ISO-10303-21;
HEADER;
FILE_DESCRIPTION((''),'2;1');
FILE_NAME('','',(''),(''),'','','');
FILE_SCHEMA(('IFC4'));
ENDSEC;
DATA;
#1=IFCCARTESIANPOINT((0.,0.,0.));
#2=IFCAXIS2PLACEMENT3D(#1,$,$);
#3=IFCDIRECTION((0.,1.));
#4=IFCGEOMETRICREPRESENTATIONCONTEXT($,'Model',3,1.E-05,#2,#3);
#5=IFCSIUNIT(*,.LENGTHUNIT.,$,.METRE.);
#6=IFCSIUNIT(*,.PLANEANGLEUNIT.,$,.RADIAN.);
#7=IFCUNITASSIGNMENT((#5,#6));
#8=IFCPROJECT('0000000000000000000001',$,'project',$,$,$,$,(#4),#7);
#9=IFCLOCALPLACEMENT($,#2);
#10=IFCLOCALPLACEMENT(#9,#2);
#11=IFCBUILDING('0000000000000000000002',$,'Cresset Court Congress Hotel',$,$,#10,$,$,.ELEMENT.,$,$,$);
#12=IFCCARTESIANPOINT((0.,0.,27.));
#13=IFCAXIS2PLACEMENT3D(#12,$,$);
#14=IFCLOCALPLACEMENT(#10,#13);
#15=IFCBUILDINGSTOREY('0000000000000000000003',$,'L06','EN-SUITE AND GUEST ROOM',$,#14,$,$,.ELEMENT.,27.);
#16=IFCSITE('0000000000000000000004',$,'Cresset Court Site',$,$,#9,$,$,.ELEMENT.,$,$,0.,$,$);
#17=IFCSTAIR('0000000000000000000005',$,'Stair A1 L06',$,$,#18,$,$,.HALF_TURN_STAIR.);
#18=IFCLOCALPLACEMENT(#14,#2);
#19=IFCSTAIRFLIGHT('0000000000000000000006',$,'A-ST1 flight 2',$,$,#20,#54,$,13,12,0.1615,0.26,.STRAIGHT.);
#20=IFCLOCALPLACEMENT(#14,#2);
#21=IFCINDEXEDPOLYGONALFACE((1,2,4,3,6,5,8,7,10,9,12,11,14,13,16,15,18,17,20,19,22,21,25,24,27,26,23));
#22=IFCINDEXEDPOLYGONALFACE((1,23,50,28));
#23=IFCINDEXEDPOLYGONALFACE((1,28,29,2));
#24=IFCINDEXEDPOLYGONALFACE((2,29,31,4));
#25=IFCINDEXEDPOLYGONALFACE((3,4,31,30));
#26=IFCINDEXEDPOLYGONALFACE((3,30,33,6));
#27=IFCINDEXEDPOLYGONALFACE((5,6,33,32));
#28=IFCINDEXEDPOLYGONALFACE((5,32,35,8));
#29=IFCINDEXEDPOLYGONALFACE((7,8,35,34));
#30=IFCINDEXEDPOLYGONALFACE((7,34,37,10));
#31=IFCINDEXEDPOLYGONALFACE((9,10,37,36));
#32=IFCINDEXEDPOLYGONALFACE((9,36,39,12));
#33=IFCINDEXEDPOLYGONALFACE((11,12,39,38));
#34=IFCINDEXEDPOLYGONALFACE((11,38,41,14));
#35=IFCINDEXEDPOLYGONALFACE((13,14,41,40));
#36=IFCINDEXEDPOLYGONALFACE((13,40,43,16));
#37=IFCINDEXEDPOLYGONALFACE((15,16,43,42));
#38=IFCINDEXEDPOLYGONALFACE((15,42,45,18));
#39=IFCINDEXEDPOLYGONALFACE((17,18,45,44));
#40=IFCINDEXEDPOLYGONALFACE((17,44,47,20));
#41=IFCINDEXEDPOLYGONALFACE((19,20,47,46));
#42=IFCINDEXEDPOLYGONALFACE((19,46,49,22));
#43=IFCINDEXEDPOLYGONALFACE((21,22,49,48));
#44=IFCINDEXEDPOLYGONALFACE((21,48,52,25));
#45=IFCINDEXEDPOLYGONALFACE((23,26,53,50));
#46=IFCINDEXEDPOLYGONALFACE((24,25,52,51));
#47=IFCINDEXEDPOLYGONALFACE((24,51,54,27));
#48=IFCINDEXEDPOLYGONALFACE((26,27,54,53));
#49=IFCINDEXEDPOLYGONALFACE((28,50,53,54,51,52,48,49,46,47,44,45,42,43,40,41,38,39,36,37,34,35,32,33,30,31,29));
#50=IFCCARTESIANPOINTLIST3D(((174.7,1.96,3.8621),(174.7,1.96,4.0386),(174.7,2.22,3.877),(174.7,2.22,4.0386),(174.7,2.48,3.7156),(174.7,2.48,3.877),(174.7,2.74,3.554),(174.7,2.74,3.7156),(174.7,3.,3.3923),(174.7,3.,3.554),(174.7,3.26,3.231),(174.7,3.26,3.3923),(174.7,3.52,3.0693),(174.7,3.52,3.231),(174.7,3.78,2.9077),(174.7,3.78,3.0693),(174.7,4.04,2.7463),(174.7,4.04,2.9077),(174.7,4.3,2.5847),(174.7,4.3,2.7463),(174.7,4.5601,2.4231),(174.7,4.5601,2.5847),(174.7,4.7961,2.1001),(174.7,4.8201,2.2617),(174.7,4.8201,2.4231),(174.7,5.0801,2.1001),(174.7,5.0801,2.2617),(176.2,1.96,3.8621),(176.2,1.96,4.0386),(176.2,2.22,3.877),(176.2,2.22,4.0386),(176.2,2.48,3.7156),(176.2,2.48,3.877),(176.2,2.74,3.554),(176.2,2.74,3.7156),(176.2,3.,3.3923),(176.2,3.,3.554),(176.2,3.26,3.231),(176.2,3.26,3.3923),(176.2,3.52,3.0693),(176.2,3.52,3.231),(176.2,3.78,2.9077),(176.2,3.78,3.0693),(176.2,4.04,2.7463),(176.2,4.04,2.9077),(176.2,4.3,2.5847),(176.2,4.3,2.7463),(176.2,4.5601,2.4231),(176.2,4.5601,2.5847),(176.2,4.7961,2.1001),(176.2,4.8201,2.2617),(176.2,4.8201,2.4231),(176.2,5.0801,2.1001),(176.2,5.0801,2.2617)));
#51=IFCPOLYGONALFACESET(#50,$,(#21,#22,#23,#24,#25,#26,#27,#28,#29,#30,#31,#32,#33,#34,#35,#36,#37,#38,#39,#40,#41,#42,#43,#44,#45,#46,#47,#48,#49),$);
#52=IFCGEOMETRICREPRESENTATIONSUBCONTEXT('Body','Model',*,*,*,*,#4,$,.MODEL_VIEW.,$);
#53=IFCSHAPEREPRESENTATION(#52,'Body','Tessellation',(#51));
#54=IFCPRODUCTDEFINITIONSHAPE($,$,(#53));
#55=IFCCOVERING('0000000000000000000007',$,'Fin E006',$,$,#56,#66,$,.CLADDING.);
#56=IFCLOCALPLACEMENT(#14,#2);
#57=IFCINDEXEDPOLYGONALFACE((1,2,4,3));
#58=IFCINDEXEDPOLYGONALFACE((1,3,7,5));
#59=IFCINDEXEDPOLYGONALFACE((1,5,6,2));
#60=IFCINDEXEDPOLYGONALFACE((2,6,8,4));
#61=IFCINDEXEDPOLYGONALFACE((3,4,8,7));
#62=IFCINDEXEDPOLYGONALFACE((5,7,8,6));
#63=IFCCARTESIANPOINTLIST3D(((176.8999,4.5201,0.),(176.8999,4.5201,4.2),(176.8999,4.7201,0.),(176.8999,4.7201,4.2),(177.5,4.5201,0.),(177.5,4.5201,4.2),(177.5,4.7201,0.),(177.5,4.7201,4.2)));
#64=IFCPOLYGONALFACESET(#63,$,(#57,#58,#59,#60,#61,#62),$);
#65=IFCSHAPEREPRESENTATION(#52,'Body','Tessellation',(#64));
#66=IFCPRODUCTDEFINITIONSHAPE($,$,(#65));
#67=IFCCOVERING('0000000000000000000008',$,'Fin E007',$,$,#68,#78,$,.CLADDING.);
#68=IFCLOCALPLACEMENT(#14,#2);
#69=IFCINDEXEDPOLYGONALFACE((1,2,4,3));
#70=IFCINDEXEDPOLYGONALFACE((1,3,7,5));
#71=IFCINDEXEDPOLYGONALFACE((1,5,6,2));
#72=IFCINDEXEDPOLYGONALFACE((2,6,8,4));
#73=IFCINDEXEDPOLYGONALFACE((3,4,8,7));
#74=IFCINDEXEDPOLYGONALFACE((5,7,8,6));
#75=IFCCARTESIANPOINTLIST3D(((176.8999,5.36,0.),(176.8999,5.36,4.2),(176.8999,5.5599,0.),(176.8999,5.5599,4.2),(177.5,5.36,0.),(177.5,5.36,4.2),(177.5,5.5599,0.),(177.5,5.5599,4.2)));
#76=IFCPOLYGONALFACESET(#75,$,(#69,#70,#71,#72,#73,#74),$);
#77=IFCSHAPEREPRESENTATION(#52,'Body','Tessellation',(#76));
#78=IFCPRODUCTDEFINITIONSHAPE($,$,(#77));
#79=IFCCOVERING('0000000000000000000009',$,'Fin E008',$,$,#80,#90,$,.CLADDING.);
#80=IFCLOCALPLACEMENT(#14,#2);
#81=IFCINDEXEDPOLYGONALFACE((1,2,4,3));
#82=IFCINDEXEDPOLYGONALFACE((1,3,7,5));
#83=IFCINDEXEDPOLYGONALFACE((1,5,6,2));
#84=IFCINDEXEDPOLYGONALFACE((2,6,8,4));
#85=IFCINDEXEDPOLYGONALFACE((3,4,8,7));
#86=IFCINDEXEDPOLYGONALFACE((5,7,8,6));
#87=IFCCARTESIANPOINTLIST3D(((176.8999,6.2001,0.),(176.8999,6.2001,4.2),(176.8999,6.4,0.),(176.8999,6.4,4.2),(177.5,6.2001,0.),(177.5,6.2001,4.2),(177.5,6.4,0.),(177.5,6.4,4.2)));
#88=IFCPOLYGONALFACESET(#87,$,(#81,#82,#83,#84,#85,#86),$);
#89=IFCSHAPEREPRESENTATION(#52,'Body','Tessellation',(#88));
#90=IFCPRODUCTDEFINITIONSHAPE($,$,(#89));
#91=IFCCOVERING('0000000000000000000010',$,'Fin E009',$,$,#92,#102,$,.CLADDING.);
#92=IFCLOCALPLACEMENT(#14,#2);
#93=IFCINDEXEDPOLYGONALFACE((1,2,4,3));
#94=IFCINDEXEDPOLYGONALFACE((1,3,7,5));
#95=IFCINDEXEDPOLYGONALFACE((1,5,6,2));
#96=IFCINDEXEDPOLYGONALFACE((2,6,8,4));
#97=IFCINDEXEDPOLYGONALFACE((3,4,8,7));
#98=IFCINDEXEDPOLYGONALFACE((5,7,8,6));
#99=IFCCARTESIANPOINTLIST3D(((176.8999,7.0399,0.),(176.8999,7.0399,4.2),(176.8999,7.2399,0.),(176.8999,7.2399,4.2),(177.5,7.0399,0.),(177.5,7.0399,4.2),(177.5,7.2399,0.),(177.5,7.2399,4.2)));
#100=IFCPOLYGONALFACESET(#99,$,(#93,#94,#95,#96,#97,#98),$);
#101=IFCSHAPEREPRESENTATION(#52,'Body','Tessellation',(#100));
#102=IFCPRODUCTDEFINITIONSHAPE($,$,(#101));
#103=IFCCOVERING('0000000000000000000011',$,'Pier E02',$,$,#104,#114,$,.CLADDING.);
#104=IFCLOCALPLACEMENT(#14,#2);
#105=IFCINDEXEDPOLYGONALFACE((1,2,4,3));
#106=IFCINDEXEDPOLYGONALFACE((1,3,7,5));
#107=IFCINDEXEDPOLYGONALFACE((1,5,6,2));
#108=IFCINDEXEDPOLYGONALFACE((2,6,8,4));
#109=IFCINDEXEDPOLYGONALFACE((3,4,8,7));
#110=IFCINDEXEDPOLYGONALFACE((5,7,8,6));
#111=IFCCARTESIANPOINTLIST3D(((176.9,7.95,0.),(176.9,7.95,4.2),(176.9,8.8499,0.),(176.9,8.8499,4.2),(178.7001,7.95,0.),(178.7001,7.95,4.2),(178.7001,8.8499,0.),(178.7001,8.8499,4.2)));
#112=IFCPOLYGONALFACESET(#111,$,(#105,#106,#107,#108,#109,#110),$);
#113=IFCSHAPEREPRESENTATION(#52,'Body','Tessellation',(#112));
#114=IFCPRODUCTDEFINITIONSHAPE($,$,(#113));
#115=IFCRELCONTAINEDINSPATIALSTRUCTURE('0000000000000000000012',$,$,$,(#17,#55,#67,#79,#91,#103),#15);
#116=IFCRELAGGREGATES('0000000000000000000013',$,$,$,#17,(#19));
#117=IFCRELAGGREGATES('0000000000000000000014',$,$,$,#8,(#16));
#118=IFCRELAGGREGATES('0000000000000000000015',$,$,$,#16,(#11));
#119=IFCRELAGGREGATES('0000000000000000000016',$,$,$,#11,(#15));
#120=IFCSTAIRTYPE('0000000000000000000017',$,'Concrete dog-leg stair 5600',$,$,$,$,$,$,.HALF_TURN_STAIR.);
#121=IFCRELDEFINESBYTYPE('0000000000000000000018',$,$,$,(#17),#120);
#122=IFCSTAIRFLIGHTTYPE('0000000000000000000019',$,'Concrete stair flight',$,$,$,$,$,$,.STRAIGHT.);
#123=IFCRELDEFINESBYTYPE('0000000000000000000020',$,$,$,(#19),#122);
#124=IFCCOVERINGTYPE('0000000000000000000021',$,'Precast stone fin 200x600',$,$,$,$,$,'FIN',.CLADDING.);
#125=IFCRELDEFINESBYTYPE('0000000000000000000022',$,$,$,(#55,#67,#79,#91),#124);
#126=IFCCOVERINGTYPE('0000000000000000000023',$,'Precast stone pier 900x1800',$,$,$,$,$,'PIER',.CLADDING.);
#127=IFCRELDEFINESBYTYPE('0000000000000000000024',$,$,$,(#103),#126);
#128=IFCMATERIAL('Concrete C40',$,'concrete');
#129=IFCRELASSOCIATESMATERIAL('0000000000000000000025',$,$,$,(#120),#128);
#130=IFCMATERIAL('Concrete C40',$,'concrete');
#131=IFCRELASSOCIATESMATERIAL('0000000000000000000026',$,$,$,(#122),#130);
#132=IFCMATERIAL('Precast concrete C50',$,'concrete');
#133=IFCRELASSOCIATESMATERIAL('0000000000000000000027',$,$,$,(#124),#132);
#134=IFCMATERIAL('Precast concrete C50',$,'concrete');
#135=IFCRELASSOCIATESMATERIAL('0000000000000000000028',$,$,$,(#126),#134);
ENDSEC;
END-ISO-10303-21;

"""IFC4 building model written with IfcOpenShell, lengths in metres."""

from ifc_helpers import new_model, si_unit, direction, frame, origin, origin_2d, place, context, subcontext, project, spatial, polyline, rectangle, outline, extrude, material, type_object, element, aggregate, save


model = new_model("IFC4")

# Units and contexts
model_context = context("Model", 3, precision=1e-05, world=origin(), true_north=direction((0.0, 1.0)))
body_context = subcontext(model_context, "Body", "Model", "MODEL_VIEW")
ifc_project = project(units=[si_unit("LENGTHUNIT", "METRE"), si_unit("PLANEANGLEUNIT", "RADIAN")], contexts=[model_context])

# Site, building, storey
site_placement = place(None, origin())
site = spatial("IfcSite", under=ifc_project, at=site_placement, Name="Cresset Court Site", CompositionType="ELEMENT", RefElevation=0.0)
building_placement = place(site_placement, origin())
building = spatial("IfcBuilding", under=site, at=building_placement, Name="Cresset Court Congress Hotel", CompositionType="ELEMENT")
storey_placement = place(building_placement, frame((0.0, 0.0, 27.0)))
storey = spatial("IfcBuildingStorey", under=building, at=storey_placement, Name="L06", Description="EN-SUITE AND GUEST ROOM", CompositionType="ELEMENT", Elevation=27.0)

# Stair, stair flight
ifc_material_1 = material(Name="Concrete C40", Category="concrete")
stair_type = type_object("IfcStairType", Name="Concrete dog-leg stair 5600", PredefinedType="HALF_TURN_STAIR", material=ifc_material_1)
stair_placement = place(storey_placement, origin())
stair = element("IfcStair", 1, at=stair_placement, inside=storey, type_object=stair_type, Name="Stair A1 L06", PredefinedType="HALF_TURN_STAIR")
ifc_material_2 = material(Name="Concrete C40", Category="concrete")
stair_flight_type = type_object("IfcStairFlightType", Name="Concrete stair flight", PredefinedType="STRAIGHT", material=ifc_material_2)
stair_flight_placement = place(storey_placement, frame((175.45, 5.0801, 2.1001), z_axis=(0.0, 0.0, 1.0), x_axis=(0.0, -1.0, 0.0)))
stair_flight = element("IfcStairFlight", 2, at=stair_flight_placement, type_object=stair_flight_type, Name="A-ST1 flight 2", NumberOfRisers=13, NumberOfTreads=12, PredefinedType="STRAIGHT", RiserHeight=0.1615, TreadLength=0.26, context=body_context, shape_type="SweptSolid", body=[
    extrude(outline(polyline([(0.0, 0.0), (0.0, 0.1616), (0.26, 0.1616), (0.26, 0.323), (0.52, 0.323), (0.52, 0.4846), (0.78, 0.4846), (0.78, 0.6462), (1.04, 0.6462), (1.04, 0.8076), (1.3, 0.8076), (1.3, 0.9692), (1.5601, 0.9692), (1.5601, 1.1309), (1.8201, 1.1309), (1.8201, 1.2922), (2.0801, 1.2922), (2.0801, 1.4539), (2.3401, 1.4539), (2.3401, 1.6155), (2.6001, 1.6155), (2.6001, 1.7769), (2.8601, 1.7769), (2.8601, 1.9385), (3.1201, 1.9385), (3.1201, 2.1001), (3.1201, 1.762), (0.2839, 0.0), (0.0, 0.0)])), frame((0.0, 0.75, 0.0), z_axis=(0.0, -1.0, 0.0), x_axis=(1.0, 0.0, 0.0)), (0.0, 0.0, 1.0), 1.5),
])
aggregate(stair, [stair_flight])

# Coverings
ifc_material_3 = material(Name="Precast concrete C50", Category="concrete")
covering_type_1 = type_object("IfcCoveringType", Name="Precast stone fin 200x600", ElementType="FIN", PredefinedType="CLADDING", material=ifc_material_3)
for number, where, z_axis, x_axis, name in (
    (3, (177.2, 4.6201, 0.0), (0.0, 0.0, 1.0), (1.0, 0.0, 0.0), "Fin E006"),
    (4, (177.2, 5.46, 0.0), (0.0, 0.0, 1.0), (1.0, 0.0, 0.0), "Fin E007"),
    (5, (177.2, 6.3, 0.0), (0.0, 0.0, 1.0), (1.0, 0.0, 0.0), "Fin E008"),
    (6, (177.2, 7.1399, 0.0), (0.0, 0.0, 1.0), (1.0, 0.0, 0.0), "Fin E009"),
):
    element("IfcCovering", number, at=place(storey_placement, frame(where, z_axis=z_axis, x_axis=x_axis)), inside=storey, type_object=covering_type_1, Name=name, PredefinedType="CLADDING", context=body_context, shape_type="SweptSolid", body=[
        extrude(rectangle(XDim=0.6001, YDim=0.2, at=origin_2d()), origin(), (0.0, 0.0, 1.0), 4.2),
    ])
ifc_material_4 = material(Name="Precast concrete C50", Category="concrete")
covering_type_2 = type_object("IfcCoveringType", Name="Precast stone pier 900x1800", ElementType="PIER", PredefinedType="CLADDING", material=ifc_material_4)
covering_placement = place(storey_placement, frame((177.8, 8.3999, 0.0), z_axis=(0.0, 0.0, 1.0), x_axis=(1.0, 0.0, 0.0)))
element("IfcCovering", 7, at=covering_placement, inside=storey, type_object=covering_type_2, Name="Pier E02", PredefinedType="CLADDING", context=body_context, shape_type="SweptSolid", body=[
    extrude(rectangle(XDim=1.8, YDim=0.8999, at=origin_2d()), origin(), (0.0, 0.0, 1.0), 4.2),
])

save(model, "model.ifc")
